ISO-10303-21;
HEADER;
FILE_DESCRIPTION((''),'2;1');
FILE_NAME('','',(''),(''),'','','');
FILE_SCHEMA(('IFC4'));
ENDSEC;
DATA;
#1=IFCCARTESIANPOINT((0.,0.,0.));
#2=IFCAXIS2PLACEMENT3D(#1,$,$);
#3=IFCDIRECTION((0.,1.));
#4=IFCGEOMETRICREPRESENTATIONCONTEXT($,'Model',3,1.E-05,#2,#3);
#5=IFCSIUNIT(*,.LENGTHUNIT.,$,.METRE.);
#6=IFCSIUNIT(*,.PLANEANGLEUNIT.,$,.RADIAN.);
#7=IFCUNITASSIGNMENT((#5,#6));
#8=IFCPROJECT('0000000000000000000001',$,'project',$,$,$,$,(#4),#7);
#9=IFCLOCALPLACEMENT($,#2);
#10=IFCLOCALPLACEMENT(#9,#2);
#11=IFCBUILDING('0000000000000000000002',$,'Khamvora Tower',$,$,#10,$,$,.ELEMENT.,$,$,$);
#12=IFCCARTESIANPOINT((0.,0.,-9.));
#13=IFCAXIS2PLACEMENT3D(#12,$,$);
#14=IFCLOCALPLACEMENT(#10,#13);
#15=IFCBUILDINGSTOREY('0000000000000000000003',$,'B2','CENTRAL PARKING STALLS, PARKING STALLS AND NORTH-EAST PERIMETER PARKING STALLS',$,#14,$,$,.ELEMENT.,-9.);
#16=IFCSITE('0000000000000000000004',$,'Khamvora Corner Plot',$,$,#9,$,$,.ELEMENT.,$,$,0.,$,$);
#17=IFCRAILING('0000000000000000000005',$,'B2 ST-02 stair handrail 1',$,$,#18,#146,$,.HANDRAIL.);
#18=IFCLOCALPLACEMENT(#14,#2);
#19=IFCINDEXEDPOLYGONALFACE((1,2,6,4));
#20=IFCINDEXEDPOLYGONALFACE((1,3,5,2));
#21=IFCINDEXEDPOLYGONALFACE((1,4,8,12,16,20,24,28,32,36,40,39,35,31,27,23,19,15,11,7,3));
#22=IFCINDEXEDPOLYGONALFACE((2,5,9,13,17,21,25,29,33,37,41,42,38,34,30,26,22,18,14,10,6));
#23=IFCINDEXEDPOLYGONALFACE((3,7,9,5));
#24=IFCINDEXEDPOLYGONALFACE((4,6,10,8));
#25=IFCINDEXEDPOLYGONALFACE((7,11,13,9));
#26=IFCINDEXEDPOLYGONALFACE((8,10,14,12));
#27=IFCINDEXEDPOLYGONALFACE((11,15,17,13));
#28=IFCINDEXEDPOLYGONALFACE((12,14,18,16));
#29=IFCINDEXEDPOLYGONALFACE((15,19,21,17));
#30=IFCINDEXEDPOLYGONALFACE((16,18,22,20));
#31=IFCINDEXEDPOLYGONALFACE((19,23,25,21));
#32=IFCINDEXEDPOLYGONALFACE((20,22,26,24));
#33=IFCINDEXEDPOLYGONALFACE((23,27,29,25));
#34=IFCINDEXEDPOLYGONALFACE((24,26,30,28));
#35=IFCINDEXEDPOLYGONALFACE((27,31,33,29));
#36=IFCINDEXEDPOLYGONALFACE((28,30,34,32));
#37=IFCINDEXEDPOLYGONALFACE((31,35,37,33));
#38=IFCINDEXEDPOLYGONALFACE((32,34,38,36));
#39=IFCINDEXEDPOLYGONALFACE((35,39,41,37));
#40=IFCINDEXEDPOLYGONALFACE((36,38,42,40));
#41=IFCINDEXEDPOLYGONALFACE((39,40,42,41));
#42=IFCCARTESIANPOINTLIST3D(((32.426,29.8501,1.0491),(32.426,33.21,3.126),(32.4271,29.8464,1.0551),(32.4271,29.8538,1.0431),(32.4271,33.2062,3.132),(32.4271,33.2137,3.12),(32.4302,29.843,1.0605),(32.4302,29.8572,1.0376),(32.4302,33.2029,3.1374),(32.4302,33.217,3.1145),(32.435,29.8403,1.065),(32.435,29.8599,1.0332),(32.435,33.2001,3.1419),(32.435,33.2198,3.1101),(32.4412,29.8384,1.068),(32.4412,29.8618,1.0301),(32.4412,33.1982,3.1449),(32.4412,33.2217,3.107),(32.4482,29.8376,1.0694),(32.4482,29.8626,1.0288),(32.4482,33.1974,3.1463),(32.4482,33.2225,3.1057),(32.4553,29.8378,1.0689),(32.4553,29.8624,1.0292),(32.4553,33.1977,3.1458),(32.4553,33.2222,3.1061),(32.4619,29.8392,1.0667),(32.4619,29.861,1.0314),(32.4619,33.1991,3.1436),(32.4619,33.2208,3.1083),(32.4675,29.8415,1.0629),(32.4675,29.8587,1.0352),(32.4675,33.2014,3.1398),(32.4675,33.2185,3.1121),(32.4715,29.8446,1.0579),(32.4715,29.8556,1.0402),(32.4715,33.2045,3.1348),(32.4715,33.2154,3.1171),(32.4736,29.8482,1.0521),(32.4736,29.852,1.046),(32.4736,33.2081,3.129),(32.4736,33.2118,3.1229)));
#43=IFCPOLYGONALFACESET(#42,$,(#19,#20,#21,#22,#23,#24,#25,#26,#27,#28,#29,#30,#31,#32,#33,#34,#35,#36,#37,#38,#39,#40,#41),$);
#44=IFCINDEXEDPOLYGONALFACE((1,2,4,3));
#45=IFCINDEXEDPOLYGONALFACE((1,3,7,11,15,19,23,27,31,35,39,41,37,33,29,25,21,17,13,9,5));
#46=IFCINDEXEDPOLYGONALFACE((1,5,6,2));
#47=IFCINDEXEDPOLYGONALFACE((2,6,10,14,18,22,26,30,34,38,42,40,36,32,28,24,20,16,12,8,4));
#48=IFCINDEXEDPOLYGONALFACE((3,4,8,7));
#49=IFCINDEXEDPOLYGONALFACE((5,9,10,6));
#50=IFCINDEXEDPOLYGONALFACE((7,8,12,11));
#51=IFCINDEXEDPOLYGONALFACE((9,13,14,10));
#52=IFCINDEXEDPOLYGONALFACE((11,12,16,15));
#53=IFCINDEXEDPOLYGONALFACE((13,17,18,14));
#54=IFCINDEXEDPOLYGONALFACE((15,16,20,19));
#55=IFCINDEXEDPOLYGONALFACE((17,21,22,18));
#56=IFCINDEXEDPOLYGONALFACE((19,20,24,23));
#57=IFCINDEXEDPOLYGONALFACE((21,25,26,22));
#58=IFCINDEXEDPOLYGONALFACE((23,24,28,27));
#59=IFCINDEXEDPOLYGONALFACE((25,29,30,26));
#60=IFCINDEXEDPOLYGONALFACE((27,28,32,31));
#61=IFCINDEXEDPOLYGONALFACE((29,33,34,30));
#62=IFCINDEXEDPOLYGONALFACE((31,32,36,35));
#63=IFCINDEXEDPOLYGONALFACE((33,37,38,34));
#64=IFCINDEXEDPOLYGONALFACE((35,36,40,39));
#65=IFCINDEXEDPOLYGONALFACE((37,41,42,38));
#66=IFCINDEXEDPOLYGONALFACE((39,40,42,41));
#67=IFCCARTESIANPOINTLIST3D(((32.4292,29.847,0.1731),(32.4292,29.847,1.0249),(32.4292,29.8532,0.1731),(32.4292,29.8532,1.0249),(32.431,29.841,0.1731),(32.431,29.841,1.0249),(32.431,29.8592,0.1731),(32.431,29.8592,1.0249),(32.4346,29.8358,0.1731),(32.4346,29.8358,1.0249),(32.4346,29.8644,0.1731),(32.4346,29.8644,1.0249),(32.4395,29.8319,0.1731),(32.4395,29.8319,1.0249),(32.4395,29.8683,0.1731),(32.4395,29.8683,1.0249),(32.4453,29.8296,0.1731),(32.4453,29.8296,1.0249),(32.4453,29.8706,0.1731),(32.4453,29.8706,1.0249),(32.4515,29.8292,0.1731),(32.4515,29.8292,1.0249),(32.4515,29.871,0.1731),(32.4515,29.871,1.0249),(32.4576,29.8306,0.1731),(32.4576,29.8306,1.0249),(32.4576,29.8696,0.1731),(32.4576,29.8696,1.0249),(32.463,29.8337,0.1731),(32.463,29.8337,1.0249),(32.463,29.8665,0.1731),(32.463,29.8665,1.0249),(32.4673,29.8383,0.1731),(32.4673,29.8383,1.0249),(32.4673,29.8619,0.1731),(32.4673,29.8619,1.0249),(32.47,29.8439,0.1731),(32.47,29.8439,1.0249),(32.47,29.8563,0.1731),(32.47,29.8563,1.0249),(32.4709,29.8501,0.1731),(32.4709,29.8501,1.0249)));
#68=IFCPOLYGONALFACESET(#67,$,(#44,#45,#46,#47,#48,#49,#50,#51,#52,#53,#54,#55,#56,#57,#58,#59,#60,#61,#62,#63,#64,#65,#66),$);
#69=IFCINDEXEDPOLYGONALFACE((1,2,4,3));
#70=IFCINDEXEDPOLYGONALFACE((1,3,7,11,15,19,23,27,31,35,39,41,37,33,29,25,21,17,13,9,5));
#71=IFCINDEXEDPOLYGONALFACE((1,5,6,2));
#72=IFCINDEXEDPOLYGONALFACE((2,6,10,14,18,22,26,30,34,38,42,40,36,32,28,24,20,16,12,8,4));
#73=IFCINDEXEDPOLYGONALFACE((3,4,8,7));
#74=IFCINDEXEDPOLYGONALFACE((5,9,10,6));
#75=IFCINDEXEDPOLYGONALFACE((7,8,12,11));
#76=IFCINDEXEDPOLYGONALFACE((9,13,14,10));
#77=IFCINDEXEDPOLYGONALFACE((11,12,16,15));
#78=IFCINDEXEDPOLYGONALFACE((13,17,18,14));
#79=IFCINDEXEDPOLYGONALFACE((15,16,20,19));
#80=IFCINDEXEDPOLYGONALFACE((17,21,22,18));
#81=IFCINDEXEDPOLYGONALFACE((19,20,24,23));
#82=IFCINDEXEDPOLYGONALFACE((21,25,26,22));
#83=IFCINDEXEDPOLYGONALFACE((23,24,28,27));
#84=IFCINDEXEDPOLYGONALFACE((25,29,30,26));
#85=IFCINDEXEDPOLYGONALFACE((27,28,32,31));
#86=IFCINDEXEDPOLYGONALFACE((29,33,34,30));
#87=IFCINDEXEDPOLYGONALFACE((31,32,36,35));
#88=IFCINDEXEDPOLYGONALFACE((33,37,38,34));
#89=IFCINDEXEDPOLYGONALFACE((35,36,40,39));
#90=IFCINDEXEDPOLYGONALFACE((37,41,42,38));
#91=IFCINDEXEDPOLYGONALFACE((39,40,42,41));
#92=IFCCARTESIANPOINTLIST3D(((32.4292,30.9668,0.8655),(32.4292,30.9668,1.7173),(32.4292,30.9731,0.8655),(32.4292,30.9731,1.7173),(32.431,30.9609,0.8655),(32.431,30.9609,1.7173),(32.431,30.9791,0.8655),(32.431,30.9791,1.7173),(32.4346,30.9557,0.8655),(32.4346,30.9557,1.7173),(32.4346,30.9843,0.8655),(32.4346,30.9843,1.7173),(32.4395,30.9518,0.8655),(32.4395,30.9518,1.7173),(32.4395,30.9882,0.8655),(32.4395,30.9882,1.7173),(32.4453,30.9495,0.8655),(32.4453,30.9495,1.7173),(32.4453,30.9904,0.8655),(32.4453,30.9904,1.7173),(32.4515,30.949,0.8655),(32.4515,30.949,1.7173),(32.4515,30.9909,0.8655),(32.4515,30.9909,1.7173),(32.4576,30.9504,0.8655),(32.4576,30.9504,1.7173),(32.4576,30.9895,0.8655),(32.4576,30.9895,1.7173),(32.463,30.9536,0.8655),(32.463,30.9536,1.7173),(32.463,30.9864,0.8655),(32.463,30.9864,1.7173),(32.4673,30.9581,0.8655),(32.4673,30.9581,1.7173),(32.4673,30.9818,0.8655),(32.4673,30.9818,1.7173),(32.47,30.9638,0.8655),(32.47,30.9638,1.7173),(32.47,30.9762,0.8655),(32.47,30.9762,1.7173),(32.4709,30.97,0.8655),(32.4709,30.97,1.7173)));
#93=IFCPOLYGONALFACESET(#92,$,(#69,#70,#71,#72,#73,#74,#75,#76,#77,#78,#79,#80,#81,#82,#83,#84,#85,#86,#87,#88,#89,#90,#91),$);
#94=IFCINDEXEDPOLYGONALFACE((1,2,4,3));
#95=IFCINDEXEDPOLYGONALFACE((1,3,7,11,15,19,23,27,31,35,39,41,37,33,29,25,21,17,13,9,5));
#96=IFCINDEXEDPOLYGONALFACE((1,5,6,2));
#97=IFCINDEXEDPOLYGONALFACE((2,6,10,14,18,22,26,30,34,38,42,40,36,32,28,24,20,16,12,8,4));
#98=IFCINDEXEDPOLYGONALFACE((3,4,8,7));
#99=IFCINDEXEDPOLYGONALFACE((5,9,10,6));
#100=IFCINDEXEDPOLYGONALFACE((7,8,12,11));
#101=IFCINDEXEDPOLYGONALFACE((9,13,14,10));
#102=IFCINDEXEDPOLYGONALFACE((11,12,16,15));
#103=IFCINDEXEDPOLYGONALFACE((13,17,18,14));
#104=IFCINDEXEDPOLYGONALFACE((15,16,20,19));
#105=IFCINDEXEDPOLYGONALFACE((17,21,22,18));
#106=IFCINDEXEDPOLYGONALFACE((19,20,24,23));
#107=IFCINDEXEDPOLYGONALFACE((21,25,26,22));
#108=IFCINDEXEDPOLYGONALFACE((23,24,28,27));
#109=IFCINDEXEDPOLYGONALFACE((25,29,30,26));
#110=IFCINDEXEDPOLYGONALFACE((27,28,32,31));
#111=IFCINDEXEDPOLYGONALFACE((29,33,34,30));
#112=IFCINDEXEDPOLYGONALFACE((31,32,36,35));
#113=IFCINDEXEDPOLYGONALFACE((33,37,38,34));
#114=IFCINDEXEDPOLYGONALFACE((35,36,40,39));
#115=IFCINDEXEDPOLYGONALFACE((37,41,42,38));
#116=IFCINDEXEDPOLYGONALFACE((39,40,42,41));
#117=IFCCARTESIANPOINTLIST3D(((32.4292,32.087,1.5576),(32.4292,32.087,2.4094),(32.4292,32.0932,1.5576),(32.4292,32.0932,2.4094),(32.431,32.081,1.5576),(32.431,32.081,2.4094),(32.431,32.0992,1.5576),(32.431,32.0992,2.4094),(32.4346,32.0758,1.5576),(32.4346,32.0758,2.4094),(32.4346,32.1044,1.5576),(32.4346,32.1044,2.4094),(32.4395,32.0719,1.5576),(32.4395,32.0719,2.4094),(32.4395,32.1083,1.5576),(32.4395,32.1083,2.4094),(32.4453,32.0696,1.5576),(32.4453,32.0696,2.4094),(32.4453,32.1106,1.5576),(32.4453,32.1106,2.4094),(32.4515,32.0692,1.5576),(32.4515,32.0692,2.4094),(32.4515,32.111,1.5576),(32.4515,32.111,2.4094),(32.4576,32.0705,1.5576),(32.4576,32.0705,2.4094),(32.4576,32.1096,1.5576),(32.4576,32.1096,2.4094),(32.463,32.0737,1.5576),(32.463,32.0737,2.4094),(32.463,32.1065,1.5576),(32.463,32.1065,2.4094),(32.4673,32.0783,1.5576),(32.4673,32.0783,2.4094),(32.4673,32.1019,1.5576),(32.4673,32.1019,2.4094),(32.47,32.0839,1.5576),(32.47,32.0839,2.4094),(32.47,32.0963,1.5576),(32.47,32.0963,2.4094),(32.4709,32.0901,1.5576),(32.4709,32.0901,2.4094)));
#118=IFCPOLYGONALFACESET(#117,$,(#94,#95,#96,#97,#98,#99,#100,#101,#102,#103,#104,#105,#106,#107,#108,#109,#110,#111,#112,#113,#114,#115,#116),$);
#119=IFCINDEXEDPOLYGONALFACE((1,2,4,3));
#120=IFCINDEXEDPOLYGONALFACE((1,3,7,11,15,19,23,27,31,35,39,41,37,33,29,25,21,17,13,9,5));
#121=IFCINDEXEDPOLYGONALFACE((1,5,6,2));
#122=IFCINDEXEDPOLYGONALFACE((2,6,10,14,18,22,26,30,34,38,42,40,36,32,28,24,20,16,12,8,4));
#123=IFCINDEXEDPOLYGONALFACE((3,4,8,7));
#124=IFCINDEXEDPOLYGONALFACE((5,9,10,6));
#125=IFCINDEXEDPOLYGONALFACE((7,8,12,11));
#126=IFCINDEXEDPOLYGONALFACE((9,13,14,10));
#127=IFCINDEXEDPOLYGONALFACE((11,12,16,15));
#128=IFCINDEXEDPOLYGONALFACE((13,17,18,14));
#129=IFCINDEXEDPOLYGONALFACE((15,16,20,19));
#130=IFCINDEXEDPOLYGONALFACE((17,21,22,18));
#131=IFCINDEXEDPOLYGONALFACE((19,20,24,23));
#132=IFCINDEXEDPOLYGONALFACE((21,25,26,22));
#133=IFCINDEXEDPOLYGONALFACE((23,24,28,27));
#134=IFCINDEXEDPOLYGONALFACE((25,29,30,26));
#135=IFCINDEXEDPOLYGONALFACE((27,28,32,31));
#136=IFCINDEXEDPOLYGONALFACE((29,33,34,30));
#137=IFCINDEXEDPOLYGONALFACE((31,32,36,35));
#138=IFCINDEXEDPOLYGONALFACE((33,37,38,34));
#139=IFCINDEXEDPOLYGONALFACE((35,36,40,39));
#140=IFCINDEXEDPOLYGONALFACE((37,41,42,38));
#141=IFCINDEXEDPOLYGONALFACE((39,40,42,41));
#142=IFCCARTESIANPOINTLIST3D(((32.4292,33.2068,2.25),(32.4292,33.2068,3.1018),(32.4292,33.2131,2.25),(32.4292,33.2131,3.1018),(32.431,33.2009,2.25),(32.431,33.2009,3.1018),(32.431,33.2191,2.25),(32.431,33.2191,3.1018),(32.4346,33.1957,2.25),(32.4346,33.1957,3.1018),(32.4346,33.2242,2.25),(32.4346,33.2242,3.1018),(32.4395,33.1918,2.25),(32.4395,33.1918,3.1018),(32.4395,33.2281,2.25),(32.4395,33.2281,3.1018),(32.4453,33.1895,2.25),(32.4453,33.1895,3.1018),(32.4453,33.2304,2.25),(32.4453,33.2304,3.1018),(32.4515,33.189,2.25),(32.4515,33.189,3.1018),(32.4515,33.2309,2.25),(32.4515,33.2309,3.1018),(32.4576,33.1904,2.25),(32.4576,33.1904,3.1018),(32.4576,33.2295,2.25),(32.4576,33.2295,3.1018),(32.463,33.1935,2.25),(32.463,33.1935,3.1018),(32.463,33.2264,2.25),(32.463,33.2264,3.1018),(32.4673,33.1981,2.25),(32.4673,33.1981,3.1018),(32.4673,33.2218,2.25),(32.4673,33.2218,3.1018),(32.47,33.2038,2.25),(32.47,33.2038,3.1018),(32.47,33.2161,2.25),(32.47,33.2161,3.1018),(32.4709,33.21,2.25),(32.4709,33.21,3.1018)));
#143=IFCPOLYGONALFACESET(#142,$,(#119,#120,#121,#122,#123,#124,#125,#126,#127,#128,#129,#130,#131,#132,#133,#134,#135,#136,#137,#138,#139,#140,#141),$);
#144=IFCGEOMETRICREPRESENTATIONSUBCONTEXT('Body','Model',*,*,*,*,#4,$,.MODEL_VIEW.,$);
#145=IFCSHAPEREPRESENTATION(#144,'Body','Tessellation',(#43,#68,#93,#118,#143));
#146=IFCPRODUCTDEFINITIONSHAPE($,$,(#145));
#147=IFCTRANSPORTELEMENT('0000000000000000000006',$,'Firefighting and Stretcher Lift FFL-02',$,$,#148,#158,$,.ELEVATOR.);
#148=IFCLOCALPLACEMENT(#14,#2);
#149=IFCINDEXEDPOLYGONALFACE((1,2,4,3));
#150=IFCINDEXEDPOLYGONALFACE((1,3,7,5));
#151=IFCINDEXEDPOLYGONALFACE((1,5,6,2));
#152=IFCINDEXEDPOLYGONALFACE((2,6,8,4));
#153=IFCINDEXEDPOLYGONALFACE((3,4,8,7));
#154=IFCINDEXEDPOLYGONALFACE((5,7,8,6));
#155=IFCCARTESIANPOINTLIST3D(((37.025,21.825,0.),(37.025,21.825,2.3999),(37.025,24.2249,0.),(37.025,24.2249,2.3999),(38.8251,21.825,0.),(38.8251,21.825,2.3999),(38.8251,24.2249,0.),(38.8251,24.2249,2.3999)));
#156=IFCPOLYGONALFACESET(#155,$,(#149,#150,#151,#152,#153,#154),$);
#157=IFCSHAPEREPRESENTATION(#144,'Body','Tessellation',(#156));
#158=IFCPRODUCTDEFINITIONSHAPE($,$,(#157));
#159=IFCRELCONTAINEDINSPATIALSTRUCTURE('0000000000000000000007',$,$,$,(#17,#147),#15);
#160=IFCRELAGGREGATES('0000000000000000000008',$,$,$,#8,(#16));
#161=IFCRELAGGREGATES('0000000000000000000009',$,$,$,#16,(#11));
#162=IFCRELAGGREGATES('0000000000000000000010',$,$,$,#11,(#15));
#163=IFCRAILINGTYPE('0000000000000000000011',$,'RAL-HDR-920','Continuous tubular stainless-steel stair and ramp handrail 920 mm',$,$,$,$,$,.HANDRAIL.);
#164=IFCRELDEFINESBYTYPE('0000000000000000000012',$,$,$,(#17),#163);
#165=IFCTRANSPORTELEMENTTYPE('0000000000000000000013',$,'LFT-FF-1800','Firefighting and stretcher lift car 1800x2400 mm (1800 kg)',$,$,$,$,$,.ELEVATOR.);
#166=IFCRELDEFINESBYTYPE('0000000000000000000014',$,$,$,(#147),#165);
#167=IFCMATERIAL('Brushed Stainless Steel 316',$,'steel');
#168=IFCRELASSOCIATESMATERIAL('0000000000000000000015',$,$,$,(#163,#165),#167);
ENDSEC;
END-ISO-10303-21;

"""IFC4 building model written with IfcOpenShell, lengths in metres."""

from ifc_helpers import new_model, si_unit, direction, frame, origin, origin_2d, place, context, subcontext, project, spatial, rectangle, circle, extrude, material, type_object, element, save


model = new_model("IFC4")

# Units and contexts
model_context = context("Model", 3, precision=1e-05, world=origin(), true_north=direction((0.0, 1.0)))
body_context = subcontext(model_context, "Body", "Model", "MODEL_VIEW")
ifc_project = project(units=[si_unit("LENGTHUNIT", "METRE"), si_unit("PLANEANGLEUNIT", "RADIAN")], contexts=[model_context])

# Site, building, storey
site_placement = place(None, origin())
site = spatial("IfcSite", under=ifc_project, at=site_placement, Name="Khamvora Corner Plot", CompositionType="ELEMENT", RefElevation=0.0)
building_placement = place(site_placement, origin())
building = spatial("IfcBuilding", under=site, at=building_placement, Name="Khamvora Tower", CompositionType="ELEMENT")
storey_placement = place(building_placement, frame((0.0, 0.0, -9.0)))
storey = spatial("IfcBuildingStorey", under=building, at=storey_placement, Name="B2", Description="CENTRAL PARKING STALLS, PARKING STALLS AND NORTH-EAST PERIMETER PARKING STALLS", CompositionType="ELEMENT", Elevation=-9.0)

# Railing
ifc_material_1 = material(Name="Brushed Stainless Steel 316", Category="steel")
railing_type = type_object("IfcRailingType", Name="RAL-HDR-920", Description="Continuous tubular stainless-steel stair and ramp handrail 920 mm", PredefinedType="HANDRAIL", material=ifc_material_1)
railing_placement = place(storey_placement, frame((32.45, 29.8501, 0.1731)))
element("IfcRailing", 1, at=railing_placement, inside=storey, type_object=railing_type, Name="B2 ST-02 stair handrail 1", PredefinedType="HANDRAIL", context=body_context, shape_type="SweptSolid", body=[
    extrude(circle(Radius=0.0239, at=origin_2d()), frame((0.0, 0.0, 0.876), z_axis=(0.0, 0.850606, 0.525803), x_axis=(-1.0, 0.0, 0.0)), (0.0, 0.0, 1.0), 3.95),
    extrude(circle(Radius=0.021, at=origin_2d()), origin(), (0.0, 0.0, 1.0), 0.8518),
    extrude(circle(Radius=0.021, at=origin_2d()), frame((0.0, 1.1199, 0.6924)), (0.0, 0.0, 1.0), 0.8518),
    extrude(circle(Radius=0.021, at=origin_2d()), frame((0.0, 2.24, 1.3845)), (0.0, 0.0, 1.0), 0.8518),
    extrude(circle(Radius=0.021, at=origin_2d()), frame((0.0, 3.3599, 2.0769)), (0.0, 0.0, 1.0), 0.8518),
])

# Transport element
transport_element_type = type_object("IfcTransportElementType", Name="LFT-FF-1800", Description="Firefighting and stretcher lift car 1800x2400 mm (1800 kg)", PredefinedType="ELEVATOR", material=ifc_material_1)
transport_element_placement = place(storey_placement, frame((37.925, 23.0249, 0.0), z_axis=(0.0, 0.0, 1.0), x_axis=(1.0, 0.0, 0.0)))
element("IfcTransportElement", 2, at=transport_element_placement, inside=storey, type_object=transport_element_type, Name="Firefighting and Stretcher Lift FFL-02", PredefinedType="ELEVATOR", context=body_context, shape_type="SweptSolid", body=[
    extrude(rectangle(XDim=1.8, YDim=2.3999, at=origin_2d()), origin(), (0.0, 0.0, 1.0), 2.3999),
])

save(model, "model.ifc")
